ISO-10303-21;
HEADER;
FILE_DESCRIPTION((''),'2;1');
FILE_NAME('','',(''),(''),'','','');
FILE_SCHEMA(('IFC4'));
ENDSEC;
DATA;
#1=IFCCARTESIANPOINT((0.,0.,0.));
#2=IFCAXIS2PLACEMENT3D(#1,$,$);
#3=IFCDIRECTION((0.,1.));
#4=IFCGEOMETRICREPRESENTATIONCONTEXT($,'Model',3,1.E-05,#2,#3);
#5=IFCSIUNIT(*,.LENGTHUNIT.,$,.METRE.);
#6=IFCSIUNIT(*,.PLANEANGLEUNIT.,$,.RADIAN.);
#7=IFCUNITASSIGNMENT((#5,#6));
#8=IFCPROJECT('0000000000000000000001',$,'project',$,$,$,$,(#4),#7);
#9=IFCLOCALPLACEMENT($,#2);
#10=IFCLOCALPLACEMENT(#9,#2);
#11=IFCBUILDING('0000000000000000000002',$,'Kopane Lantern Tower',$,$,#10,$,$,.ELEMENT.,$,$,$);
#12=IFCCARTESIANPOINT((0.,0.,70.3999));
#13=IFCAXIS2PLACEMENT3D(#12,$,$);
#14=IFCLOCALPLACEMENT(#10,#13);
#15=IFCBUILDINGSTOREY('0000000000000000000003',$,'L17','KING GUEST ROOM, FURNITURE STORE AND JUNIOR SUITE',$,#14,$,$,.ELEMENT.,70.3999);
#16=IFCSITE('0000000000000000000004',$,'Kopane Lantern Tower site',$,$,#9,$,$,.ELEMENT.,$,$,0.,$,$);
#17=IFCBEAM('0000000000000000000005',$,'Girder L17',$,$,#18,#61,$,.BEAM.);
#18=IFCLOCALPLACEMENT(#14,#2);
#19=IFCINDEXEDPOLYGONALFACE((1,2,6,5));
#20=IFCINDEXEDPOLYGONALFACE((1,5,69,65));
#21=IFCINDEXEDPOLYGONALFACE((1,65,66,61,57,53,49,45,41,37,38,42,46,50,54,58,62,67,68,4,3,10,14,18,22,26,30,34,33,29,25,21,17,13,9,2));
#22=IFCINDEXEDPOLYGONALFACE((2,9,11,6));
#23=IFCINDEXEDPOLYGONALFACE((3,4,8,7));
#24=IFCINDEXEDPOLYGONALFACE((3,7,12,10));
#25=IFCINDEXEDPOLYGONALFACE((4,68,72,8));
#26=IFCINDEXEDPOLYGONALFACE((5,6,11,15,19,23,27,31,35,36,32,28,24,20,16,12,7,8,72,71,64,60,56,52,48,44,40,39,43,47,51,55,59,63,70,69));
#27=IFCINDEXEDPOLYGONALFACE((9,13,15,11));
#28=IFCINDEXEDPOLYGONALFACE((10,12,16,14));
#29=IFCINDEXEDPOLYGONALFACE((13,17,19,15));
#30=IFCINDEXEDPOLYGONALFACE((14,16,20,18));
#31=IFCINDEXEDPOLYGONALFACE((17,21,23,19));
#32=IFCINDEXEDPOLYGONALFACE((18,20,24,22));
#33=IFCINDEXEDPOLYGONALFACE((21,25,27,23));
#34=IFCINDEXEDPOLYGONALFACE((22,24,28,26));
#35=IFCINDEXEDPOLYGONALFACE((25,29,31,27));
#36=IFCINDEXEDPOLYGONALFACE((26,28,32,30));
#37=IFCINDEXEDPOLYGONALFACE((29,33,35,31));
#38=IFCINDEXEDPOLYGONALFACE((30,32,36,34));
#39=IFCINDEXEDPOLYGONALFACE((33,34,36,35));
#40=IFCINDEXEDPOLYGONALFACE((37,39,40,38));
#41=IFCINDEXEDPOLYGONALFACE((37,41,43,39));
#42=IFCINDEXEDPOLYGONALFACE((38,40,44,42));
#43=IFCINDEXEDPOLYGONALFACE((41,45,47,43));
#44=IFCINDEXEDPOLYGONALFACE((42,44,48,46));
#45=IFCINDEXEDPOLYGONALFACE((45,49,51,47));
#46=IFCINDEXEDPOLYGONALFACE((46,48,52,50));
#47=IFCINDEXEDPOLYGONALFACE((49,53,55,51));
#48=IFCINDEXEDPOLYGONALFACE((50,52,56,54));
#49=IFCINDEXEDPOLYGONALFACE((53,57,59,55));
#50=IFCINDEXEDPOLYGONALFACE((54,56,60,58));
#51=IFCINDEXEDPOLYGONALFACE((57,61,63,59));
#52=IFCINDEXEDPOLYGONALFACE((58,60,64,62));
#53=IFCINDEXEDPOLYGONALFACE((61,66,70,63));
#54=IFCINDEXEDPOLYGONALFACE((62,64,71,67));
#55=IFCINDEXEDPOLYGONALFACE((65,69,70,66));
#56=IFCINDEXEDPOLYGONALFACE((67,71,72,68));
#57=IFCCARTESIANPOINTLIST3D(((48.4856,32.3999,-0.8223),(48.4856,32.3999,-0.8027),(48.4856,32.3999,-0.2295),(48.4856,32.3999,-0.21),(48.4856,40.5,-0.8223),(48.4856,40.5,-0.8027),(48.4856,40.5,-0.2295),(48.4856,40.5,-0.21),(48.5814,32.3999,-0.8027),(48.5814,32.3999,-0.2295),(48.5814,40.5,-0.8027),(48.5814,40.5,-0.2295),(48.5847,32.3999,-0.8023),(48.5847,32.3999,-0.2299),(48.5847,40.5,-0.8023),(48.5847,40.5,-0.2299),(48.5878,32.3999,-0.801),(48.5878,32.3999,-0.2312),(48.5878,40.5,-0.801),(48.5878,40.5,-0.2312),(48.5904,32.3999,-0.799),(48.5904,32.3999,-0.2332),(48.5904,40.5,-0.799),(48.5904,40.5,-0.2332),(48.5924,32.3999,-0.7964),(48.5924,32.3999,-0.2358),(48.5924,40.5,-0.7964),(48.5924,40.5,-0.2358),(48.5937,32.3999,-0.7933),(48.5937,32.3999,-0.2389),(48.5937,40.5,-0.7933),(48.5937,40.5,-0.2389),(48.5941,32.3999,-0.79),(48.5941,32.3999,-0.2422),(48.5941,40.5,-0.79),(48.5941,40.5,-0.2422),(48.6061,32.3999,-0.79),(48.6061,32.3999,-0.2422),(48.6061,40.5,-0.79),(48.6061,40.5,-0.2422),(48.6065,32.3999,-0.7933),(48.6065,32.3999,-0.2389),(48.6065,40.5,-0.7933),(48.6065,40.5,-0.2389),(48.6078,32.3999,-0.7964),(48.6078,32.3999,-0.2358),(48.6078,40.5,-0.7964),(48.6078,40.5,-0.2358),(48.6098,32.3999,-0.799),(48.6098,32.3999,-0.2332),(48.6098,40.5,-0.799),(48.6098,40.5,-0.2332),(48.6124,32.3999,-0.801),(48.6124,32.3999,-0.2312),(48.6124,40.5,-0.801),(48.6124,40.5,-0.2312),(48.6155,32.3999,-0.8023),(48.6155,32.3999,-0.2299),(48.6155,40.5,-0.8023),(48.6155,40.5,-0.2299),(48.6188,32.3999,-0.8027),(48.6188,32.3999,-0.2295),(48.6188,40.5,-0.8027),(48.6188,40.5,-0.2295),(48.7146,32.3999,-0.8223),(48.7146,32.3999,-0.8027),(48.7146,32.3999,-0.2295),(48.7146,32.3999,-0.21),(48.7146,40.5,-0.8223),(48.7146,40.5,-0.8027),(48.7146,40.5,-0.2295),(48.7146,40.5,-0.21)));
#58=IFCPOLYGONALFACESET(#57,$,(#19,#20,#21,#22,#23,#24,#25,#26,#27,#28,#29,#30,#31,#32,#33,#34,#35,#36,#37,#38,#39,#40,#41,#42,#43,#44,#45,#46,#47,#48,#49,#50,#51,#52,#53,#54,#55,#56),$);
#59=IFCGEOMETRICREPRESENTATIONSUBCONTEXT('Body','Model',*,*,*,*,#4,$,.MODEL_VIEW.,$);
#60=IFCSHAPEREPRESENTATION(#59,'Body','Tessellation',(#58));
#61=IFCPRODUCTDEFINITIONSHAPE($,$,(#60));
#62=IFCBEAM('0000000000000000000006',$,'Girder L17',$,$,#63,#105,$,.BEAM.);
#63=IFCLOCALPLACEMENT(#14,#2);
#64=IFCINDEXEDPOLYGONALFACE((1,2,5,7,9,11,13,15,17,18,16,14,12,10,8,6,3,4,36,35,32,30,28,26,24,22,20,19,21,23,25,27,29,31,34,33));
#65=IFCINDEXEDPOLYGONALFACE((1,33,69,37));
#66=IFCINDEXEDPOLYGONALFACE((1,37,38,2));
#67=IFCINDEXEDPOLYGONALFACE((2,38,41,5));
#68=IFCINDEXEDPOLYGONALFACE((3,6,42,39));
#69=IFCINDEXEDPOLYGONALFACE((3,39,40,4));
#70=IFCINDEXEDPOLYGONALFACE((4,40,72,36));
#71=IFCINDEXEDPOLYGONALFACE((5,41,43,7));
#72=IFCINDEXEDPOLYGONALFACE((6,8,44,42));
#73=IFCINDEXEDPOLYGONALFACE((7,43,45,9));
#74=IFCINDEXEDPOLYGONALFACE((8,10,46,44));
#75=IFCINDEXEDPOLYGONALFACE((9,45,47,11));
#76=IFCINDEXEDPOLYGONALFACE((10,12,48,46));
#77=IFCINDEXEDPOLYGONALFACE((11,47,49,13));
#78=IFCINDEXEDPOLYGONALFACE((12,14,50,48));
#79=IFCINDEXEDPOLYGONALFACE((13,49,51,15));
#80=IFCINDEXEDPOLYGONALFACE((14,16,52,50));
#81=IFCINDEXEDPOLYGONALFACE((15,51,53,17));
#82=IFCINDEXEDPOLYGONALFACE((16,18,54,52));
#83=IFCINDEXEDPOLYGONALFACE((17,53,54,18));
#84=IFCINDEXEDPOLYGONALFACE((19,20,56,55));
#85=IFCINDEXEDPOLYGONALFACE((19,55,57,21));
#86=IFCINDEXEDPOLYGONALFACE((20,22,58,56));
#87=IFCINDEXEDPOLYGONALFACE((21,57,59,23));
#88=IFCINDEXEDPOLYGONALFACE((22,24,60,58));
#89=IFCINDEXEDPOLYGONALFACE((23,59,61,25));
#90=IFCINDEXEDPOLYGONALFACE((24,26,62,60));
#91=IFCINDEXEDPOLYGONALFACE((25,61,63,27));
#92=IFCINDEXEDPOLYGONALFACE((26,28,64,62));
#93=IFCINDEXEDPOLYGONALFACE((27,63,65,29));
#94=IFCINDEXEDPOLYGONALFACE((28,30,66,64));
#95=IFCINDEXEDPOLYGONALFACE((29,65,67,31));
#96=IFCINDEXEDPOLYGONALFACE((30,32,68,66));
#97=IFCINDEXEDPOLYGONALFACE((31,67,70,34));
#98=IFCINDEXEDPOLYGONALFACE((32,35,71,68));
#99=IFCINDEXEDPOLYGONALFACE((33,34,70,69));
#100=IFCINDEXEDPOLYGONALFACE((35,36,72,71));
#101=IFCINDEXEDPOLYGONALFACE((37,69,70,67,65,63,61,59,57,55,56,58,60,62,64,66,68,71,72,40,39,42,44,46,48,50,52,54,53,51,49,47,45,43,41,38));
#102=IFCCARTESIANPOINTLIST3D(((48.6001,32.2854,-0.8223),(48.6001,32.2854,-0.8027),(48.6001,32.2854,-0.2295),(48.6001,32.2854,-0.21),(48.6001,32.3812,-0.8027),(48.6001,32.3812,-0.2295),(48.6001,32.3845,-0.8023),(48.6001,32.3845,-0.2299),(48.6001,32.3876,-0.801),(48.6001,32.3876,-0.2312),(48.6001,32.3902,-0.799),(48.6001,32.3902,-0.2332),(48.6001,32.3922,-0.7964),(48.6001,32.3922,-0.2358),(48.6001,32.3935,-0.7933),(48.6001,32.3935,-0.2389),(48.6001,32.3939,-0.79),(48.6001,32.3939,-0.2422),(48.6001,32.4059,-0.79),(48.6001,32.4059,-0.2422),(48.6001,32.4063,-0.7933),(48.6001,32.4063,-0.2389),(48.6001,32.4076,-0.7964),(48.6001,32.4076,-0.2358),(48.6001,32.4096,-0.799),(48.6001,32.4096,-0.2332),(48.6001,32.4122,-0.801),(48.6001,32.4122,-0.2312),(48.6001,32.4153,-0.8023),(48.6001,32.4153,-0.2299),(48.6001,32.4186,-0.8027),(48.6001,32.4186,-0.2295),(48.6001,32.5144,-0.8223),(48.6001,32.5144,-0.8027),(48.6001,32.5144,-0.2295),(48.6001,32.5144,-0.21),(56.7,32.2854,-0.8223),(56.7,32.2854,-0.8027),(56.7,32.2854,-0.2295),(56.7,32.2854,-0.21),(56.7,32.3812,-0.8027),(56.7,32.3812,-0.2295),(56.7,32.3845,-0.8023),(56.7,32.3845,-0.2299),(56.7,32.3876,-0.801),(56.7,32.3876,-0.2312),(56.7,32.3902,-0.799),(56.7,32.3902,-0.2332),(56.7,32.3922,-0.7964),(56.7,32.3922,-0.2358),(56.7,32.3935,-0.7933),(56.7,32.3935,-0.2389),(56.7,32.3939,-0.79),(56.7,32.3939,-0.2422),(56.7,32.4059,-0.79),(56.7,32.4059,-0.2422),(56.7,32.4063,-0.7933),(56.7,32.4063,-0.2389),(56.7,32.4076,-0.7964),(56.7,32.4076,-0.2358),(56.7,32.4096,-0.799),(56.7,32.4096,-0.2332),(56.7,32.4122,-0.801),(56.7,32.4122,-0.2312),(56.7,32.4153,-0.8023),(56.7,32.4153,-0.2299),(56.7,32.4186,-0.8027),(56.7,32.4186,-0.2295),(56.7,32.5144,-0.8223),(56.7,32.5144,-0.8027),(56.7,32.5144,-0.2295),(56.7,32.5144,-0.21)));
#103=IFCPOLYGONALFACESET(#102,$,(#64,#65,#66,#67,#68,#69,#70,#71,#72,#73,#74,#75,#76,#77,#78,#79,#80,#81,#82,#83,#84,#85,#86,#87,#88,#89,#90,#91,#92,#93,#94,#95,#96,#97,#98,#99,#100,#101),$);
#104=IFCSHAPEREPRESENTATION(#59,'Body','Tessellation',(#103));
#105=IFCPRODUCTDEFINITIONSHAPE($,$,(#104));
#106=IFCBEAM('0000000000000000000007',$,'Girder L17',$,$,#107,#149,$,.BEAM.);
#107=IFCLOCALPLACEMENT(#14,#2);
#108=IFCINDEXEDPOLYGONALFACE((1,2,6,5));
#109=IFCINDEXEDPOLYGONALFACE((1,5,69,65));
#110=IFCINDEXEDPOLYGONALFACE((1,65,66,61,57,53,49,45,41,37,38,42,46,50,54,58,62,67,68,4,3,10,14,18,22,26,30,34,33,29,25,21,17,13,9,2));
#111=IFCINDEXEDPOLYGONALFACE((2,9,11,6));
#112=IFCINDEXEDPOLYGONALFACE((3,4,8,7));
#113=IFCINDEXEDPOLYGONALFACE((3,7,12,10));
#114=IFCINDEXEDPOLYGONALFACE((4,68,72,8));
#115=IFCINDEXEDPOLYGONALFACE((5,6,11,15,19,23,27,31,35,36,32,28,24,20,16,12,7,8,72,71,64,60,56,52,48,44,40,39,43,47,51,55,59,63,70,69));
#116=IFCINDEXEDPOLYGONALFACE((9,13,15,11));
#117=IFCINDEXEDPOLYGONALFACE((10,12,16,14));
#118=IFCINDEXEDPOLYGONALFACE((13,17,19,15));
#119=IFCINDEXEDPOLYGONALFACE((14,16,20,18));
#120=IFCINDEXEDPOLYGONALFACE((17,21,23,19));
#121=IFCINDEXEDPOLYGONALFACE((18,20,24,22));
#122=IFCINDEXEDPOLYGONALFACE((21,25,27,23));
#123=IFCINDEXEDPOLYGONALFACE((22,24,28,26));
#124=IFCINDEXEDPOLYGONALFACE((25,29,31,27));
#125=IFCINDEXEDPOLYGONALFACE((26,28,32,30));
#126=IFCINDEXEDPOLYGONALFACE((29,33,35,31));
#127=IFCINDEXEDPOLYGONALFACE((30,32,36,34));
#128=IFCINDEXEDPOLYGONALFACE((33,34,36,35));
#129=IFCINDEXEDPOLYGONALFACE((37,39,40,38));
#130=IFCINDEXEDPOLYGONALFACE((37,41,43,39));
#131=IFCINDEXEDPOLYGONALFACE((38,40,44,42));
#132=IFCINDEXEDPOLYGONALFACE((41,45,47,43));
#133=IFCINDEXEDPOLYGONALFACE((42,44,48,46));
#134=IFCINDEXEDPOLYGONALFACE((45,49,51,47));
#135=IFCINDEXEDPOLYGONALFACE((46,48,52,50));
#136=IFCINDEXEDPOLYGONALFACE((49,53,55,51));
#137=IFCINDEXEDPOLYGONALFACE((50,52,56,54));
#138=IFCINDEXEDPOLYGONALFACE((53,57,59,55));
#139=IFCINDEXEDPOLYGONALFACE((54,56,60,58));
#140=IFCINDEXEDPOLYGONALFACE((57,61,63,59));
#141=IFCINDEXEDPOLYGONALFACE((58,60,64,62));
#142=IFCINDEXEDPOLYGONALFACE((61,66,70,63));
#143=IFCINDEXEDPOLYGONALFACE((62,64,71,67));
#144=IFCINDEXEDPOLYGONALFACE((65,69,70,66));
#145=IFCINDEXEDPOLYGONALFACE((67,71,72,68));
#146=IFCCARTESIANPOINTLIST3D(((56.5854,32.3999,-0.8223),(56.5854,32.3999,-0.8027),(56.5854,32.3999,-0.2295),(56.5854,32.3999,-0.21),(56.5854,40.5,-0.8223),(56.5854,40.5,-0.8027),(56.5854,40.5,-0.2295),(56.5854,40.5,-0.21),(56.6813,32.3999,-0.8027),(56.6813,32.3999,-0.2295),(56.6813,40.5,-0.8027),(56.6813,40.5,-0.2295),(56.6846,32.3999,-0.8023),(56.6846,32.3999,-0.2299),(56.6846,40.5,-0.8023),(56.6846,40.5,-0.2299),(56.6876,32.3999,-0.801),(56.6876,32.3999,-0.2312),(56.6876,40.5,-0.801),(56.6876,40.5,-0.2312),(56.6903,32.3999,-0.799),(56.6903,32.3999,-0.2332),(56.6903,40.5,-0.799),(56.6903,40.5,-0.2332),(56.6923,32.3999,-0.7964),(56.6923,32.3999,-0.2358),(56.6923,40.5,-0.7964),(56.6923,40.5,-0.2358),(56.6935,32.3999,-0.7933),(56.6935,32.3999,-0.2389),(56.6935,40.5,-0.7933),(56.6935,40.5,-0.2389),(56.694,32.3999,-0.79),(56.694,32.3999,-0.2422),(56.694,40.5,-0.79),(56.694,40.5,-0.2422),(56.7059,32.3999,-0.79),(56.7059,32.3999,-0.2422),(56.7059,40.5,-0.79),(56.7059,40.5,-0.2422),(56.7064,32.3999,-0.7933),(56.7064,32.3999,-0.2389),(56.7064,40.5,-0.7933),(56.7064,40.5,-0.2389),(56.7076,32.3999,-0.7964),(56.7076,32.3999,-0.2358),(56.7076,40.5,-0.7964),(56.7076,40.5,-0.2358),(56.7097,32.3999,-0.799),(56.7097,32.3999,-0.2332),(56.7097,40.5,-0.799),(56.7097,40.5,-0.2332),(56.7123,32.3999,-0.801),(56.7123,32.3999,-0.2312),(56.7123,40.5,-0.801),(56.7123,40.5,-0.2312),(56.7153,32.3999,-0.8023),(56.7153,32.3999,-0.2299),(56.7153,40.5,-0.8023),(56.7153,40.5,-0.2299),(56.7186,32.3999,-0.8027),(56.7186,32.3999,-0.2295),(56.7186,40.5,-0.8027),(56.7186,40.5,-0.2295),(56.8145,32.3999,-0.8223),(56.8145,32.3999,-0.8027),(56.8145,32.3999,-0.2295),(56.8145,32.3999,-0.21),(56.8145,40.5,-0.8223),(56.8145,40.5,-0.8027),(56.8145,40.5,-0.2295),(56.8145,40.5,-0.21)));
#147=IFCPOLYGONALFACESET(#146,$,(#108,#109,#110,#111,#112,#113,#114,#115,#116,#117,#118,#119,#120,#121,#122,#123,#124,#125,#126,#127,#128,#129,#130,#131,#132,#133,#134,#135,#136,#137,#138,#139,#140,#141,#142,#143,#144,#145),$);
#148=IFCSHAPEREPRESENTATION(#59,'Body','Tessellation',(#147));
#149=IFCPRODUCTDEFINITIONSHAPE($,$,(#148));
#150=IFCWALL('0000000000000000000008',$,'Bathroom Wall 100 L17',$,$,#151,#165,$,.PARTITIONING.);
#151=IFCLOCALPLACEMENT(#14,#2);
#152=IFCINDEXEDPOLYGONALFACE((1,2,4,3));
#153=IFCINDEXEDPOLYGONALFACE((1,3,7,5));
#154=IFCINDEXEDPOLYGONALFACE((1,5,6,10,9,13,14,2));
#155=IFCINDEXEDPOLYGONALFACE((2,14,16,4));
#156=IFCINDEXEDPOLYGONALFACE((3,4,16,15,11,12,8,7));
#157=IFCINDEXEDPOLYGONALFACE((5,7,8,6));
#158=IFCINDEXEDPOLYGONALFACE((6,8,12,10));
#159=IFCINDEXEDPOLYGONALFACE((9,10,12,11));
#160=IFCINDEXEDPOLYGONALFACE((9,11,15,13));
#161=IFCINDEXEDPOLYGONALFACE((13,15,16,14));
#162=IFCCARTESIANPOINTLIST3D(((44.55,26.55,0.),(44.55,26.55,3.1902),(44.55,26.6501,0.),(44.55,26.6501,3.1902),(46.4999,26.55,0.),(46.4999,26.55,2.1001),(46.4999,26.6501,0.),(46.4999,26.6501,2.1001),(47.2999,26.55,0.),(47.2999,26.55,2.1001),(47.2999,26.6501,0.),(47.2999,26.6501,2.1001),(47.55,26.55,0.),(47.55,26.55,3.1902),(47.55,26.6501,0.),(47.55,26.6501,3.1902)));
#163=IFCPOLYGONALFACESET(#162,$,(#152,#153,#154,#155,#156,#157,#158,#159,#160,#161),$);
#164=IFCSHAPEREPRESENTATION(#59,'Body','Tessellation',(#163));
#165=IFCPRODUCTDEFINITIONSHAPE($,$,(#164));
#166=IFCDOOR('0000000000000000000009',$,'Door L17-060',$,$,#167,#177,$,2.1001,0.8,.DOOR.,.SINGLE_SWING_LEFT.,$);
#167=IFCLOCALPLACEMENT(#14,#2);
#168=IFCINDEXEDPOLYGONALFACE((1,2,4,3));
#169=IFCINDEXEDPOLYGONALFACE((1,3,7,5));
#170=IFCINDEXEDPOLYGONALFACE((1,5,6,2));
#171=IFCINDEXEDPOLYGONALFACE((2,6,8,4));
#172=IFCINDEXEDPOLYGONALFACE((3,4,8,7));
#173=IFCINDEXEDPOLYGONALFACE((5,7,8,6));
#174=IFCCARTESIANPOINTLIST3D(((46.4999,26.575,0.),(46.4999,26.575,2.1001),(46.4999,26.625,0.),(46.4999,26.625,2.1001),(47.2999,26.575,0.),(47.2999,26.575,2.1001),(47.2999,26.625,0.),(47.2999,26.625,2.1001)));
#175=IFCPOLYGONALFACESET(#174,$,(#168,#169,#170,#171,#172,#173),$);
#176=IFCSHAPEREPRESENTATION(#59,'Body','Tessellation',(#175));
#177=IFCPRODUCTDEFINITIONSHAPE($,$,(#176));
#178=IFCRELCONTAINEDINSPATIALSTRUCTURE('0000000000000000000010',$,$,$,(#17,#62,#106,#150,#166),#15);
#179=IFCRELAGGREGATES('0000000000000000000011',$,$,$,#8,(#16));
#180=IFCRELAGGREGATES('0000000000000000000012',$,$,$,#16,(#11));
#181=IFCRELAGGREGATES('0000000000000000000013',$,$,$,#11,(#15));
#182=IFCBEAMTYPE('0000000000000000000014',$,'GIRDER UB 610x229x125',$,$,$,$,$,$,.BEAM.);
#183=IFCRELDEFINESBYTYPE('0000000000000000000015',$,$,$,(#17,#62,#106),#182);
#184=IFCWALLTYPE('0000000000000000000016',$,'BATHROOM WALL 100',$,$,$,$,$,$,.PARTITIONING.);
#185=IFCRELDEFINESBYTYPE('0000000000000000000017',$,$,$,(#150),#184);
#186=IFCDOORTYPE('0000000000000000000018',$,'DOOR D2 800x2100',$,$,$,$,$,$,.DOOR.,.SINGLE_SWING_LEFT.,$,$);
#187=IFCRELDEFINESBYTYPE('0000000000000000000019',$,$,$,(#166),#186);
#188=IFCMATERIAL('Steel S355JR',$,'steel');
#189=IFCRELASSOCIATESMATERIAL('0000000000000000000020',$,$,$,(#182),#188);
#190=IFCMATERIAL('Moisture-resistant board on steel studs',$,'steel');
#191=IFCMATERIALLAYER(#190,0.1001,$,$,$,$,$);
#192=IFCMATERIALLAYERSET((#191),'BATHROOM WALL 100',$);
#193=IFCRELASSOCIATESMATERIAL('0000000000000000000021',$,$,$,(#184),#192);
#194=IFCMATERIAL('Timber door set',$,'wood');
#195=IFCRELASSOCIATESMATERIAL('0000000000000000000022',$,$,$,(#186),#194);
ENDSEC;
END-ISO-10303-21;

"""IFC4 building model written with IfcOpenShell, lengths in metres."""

from ifc_helpers import new_model, si_unit, direction, frame, frame_2d, origin, origin_2d, place, context, subcontext, project, spatial, rectangle, i_section, extrude, material, layer, layer_set, material_profile, profile_set, type_object, element, fill, save


model = new_model("IFC4")

# Units and contexts
model_context = context("Model", 3, precision=1e-05, world=origin(), true_north=direction((0.0, 1.0)))
body_context = subcontext(model_context, "Body", "Model", "MODEL_VIEW")
ifc_project = project(units=[si_unit("LENGTHUNIT", "METRE"), si_unit("PLANEANGLEUNIT", "RADIAN")], contexts=[model_context])

# Site, building, storey
site_placement = place(None, origin())
site = spatial("IfcSite", under=ifc_project, at=site_placement, Name="Kopane Lantern Tower site", CompositionType="ELEMENT", RefElevation=0.0)
building_placement = place(site_placement, origin())
building = spatial("IfcBuilding", under=site, at=building_placement, Name="Kopane Lantern Tower", CompositionType="ELEMENT")
storey_placement = place(building_placement, frame((0.0, 0.0, 70.3999)))
storey = spatial("IfcBuildingStorey", under=building, at=storey_placement, Name="L17", Description="KING GUEST ROOM, FURNITURE STORE AND JUNIOR SUITE", CompositionType="ELEMENT", Elevation=70.3999)

# Beams
ifc_material_1 = material(Name="Steel S355JR", Category="steel")
ifc_material_profile_1 = material_profile(ifc_material_1, i_section(OverallWidth=0.229, OverallDepth=0.6123, WebThickness=0.012, FlangeThickness=0.0195, FilletRadius=0.0127, at=origin_2d()), Name="UB 610x229x125")
ifc_profile_set_1 = profile_set([ifc_material_profile_1], Name="Steel S355JR")
beam_type = type_object("IfcBeamType", Name="GIRDER UB 610x229x125", PredefinedType="BEAM", material=ifc_profile_set_1)
for number, where, z_axis, x_axis, name in (
    (1, (48.6001, 32.3999, -0.5161), (0.0, 1.0, 0.0), (-1.0, 0.0, 0.0), "Girder L17"),
):
    element("IfcBeam", number, at=place(storey_placement, frame(where, z_axis=z_axis, x_axis=x_axis)), inside=storey, type_object=beam_type, Name=name, PredefinedType="BEAM", context=body_context, shape_type="SweptSolid", body=[
        extrude(i_section(OverallWidth=0.229, OverallDepth=0.6123, WebThickness=0.012, FlangeThickness=0.0195, FilletRadius=0.0127, at=origin_2d()), origin(), (0.0, 0.0, 1.0), 8.1001),
    ])
beam_1_placement = place(storey_placement, frame((48.6001, 32.3999, -0.5161), z_axis=(1.0, 0.0, 0.0), x_axis=(0.0, 1.0, 0.0)))
element("IfcBeam", 2, at=beam_1_placement, inside=storey, type_object=beam_type, Name="Girder L17", PredefinedType="BEAM", context=body_context, shape_type="SweptSolid", body=[
    extrude(i_section(OverallWidth=0.229, OverallDepth=0.6123, WebThickness=0.012, FlangeThickness=0.0195, FilletRadius=0.0127, at=origin_2d()), origin(), (0.0, 0.0, 1.0), 8.0999),
])
beam_2_placement = place(storey_placement, frame((56.7, 32.3999, -0.5161), z_axis=(0.0, 1.0, 0.0), x_axis=(-1.0, 0.0, 0.0)))
element("IfcBeam", 3, at=beam_2_placement, inside=storey, type_object=beam_type, Name="Girder L17", PredefinedType="BEAM", context=body_context, shape_type="SweptSolid", body=[
    extrude(i_section(OverallWidth=0.229, OverallDepth=0.6123, WebThickness=0.012, FlangeThickness=0.0195, FilletRadius=0.0127, at=origin_2d()), origin(), (0.0, 0.0, 1.0), 8.1001),
])

# Wall, opening, door
ifc_material_2 = material(Name="Moisture-resistant board on steel studs", Category="steel")
ifc_layer_1 = layer(ifc_material_2, 0.1001)
ifc_layer_set_1 = layer_set([ifc_layer_1], Name="BATHROOM WALL 100")
wall_type_1 = type_object("IfcWallType", Name="BATHROOM WALL 100", PredefinedType="PARTITIONING", material=ifc_layer_set_1)
wall_1_placement = place(storey_placement, frame((44.55, 26.6001, 0.0), z_axis=(0.0, 0.0, 1.0), x_axis=(1.0, 0.0, 0.0)))
wall_1 = element("IfcWall", 4, at=wall_1_placement, inside=storey, type_object=wall_type_1, Name="Bathroom Wall 100 L17", PredefinedType="PARTITIONING", context=body_context, shape_type="SweptSolid", body=[
    extrude(rectangle(XDim=3.0, YDim=0.1001, at=frame_2d((1.5, 0.0))), origin(), (0.0, 0.0, 1.0), 3.1902),
])
opening_1_placement = place(wall_1_placement, frame((1.95, 0.0, 0.0)))
opening_1 = element("IfcOpeningElement", 5, at=opening_1_placement, cuts=wall_1, PredefinedType="OPENING", context=body_context, shape_type="SweptSolid", body=[
    extrude(rectangle(XDim=0.8, YDim=2.1001, at=frame_2d((0.3999, 1.05))), frame((0.0, 0.0601, 0.0), z_axis=(0.0, -1.0, 0.0), x_axis=(1.0, 0.0, 0.0)), (0.0, 0.0, 1.0), 0.1201),
])
ifc_material_3 = material(Name="Timber door set", Category="wood")
door_type = type_object("IfcDoorType", Name="DOOR D2 800x2100", OperationType="SINGLE_SWING_LEFT", PredefinedType="DOOR", material=ifc_material_3)
door_1_placement = place(opening_1_placement, origin())
door_1 = element("IfcDoor", 6, at=door_1_placement, inside=storey, type_object=door_type, Name="Door L17-060", OperationType="SINGLE_SWING_LEFT", OverallHeight=2.1001, OverallWidth=0.8, PredefinedType="DOOR", context=body_context, shape_type="SweptSolid", body=[
    extrude(rectangle(XDim=0.8, YDim=2.1001, at=frame_2d((0.3999, 1.05))), frame((0.0, 0.0249, 0.0), z_axis=(0.0, -1.0, 0.0), x_axis=(1.0, 0.0, 0.0)), (0.0, 0.0, 1.0), 0.05),
])
fill(opening_1, door_1)

save(model, "model.ifc")
